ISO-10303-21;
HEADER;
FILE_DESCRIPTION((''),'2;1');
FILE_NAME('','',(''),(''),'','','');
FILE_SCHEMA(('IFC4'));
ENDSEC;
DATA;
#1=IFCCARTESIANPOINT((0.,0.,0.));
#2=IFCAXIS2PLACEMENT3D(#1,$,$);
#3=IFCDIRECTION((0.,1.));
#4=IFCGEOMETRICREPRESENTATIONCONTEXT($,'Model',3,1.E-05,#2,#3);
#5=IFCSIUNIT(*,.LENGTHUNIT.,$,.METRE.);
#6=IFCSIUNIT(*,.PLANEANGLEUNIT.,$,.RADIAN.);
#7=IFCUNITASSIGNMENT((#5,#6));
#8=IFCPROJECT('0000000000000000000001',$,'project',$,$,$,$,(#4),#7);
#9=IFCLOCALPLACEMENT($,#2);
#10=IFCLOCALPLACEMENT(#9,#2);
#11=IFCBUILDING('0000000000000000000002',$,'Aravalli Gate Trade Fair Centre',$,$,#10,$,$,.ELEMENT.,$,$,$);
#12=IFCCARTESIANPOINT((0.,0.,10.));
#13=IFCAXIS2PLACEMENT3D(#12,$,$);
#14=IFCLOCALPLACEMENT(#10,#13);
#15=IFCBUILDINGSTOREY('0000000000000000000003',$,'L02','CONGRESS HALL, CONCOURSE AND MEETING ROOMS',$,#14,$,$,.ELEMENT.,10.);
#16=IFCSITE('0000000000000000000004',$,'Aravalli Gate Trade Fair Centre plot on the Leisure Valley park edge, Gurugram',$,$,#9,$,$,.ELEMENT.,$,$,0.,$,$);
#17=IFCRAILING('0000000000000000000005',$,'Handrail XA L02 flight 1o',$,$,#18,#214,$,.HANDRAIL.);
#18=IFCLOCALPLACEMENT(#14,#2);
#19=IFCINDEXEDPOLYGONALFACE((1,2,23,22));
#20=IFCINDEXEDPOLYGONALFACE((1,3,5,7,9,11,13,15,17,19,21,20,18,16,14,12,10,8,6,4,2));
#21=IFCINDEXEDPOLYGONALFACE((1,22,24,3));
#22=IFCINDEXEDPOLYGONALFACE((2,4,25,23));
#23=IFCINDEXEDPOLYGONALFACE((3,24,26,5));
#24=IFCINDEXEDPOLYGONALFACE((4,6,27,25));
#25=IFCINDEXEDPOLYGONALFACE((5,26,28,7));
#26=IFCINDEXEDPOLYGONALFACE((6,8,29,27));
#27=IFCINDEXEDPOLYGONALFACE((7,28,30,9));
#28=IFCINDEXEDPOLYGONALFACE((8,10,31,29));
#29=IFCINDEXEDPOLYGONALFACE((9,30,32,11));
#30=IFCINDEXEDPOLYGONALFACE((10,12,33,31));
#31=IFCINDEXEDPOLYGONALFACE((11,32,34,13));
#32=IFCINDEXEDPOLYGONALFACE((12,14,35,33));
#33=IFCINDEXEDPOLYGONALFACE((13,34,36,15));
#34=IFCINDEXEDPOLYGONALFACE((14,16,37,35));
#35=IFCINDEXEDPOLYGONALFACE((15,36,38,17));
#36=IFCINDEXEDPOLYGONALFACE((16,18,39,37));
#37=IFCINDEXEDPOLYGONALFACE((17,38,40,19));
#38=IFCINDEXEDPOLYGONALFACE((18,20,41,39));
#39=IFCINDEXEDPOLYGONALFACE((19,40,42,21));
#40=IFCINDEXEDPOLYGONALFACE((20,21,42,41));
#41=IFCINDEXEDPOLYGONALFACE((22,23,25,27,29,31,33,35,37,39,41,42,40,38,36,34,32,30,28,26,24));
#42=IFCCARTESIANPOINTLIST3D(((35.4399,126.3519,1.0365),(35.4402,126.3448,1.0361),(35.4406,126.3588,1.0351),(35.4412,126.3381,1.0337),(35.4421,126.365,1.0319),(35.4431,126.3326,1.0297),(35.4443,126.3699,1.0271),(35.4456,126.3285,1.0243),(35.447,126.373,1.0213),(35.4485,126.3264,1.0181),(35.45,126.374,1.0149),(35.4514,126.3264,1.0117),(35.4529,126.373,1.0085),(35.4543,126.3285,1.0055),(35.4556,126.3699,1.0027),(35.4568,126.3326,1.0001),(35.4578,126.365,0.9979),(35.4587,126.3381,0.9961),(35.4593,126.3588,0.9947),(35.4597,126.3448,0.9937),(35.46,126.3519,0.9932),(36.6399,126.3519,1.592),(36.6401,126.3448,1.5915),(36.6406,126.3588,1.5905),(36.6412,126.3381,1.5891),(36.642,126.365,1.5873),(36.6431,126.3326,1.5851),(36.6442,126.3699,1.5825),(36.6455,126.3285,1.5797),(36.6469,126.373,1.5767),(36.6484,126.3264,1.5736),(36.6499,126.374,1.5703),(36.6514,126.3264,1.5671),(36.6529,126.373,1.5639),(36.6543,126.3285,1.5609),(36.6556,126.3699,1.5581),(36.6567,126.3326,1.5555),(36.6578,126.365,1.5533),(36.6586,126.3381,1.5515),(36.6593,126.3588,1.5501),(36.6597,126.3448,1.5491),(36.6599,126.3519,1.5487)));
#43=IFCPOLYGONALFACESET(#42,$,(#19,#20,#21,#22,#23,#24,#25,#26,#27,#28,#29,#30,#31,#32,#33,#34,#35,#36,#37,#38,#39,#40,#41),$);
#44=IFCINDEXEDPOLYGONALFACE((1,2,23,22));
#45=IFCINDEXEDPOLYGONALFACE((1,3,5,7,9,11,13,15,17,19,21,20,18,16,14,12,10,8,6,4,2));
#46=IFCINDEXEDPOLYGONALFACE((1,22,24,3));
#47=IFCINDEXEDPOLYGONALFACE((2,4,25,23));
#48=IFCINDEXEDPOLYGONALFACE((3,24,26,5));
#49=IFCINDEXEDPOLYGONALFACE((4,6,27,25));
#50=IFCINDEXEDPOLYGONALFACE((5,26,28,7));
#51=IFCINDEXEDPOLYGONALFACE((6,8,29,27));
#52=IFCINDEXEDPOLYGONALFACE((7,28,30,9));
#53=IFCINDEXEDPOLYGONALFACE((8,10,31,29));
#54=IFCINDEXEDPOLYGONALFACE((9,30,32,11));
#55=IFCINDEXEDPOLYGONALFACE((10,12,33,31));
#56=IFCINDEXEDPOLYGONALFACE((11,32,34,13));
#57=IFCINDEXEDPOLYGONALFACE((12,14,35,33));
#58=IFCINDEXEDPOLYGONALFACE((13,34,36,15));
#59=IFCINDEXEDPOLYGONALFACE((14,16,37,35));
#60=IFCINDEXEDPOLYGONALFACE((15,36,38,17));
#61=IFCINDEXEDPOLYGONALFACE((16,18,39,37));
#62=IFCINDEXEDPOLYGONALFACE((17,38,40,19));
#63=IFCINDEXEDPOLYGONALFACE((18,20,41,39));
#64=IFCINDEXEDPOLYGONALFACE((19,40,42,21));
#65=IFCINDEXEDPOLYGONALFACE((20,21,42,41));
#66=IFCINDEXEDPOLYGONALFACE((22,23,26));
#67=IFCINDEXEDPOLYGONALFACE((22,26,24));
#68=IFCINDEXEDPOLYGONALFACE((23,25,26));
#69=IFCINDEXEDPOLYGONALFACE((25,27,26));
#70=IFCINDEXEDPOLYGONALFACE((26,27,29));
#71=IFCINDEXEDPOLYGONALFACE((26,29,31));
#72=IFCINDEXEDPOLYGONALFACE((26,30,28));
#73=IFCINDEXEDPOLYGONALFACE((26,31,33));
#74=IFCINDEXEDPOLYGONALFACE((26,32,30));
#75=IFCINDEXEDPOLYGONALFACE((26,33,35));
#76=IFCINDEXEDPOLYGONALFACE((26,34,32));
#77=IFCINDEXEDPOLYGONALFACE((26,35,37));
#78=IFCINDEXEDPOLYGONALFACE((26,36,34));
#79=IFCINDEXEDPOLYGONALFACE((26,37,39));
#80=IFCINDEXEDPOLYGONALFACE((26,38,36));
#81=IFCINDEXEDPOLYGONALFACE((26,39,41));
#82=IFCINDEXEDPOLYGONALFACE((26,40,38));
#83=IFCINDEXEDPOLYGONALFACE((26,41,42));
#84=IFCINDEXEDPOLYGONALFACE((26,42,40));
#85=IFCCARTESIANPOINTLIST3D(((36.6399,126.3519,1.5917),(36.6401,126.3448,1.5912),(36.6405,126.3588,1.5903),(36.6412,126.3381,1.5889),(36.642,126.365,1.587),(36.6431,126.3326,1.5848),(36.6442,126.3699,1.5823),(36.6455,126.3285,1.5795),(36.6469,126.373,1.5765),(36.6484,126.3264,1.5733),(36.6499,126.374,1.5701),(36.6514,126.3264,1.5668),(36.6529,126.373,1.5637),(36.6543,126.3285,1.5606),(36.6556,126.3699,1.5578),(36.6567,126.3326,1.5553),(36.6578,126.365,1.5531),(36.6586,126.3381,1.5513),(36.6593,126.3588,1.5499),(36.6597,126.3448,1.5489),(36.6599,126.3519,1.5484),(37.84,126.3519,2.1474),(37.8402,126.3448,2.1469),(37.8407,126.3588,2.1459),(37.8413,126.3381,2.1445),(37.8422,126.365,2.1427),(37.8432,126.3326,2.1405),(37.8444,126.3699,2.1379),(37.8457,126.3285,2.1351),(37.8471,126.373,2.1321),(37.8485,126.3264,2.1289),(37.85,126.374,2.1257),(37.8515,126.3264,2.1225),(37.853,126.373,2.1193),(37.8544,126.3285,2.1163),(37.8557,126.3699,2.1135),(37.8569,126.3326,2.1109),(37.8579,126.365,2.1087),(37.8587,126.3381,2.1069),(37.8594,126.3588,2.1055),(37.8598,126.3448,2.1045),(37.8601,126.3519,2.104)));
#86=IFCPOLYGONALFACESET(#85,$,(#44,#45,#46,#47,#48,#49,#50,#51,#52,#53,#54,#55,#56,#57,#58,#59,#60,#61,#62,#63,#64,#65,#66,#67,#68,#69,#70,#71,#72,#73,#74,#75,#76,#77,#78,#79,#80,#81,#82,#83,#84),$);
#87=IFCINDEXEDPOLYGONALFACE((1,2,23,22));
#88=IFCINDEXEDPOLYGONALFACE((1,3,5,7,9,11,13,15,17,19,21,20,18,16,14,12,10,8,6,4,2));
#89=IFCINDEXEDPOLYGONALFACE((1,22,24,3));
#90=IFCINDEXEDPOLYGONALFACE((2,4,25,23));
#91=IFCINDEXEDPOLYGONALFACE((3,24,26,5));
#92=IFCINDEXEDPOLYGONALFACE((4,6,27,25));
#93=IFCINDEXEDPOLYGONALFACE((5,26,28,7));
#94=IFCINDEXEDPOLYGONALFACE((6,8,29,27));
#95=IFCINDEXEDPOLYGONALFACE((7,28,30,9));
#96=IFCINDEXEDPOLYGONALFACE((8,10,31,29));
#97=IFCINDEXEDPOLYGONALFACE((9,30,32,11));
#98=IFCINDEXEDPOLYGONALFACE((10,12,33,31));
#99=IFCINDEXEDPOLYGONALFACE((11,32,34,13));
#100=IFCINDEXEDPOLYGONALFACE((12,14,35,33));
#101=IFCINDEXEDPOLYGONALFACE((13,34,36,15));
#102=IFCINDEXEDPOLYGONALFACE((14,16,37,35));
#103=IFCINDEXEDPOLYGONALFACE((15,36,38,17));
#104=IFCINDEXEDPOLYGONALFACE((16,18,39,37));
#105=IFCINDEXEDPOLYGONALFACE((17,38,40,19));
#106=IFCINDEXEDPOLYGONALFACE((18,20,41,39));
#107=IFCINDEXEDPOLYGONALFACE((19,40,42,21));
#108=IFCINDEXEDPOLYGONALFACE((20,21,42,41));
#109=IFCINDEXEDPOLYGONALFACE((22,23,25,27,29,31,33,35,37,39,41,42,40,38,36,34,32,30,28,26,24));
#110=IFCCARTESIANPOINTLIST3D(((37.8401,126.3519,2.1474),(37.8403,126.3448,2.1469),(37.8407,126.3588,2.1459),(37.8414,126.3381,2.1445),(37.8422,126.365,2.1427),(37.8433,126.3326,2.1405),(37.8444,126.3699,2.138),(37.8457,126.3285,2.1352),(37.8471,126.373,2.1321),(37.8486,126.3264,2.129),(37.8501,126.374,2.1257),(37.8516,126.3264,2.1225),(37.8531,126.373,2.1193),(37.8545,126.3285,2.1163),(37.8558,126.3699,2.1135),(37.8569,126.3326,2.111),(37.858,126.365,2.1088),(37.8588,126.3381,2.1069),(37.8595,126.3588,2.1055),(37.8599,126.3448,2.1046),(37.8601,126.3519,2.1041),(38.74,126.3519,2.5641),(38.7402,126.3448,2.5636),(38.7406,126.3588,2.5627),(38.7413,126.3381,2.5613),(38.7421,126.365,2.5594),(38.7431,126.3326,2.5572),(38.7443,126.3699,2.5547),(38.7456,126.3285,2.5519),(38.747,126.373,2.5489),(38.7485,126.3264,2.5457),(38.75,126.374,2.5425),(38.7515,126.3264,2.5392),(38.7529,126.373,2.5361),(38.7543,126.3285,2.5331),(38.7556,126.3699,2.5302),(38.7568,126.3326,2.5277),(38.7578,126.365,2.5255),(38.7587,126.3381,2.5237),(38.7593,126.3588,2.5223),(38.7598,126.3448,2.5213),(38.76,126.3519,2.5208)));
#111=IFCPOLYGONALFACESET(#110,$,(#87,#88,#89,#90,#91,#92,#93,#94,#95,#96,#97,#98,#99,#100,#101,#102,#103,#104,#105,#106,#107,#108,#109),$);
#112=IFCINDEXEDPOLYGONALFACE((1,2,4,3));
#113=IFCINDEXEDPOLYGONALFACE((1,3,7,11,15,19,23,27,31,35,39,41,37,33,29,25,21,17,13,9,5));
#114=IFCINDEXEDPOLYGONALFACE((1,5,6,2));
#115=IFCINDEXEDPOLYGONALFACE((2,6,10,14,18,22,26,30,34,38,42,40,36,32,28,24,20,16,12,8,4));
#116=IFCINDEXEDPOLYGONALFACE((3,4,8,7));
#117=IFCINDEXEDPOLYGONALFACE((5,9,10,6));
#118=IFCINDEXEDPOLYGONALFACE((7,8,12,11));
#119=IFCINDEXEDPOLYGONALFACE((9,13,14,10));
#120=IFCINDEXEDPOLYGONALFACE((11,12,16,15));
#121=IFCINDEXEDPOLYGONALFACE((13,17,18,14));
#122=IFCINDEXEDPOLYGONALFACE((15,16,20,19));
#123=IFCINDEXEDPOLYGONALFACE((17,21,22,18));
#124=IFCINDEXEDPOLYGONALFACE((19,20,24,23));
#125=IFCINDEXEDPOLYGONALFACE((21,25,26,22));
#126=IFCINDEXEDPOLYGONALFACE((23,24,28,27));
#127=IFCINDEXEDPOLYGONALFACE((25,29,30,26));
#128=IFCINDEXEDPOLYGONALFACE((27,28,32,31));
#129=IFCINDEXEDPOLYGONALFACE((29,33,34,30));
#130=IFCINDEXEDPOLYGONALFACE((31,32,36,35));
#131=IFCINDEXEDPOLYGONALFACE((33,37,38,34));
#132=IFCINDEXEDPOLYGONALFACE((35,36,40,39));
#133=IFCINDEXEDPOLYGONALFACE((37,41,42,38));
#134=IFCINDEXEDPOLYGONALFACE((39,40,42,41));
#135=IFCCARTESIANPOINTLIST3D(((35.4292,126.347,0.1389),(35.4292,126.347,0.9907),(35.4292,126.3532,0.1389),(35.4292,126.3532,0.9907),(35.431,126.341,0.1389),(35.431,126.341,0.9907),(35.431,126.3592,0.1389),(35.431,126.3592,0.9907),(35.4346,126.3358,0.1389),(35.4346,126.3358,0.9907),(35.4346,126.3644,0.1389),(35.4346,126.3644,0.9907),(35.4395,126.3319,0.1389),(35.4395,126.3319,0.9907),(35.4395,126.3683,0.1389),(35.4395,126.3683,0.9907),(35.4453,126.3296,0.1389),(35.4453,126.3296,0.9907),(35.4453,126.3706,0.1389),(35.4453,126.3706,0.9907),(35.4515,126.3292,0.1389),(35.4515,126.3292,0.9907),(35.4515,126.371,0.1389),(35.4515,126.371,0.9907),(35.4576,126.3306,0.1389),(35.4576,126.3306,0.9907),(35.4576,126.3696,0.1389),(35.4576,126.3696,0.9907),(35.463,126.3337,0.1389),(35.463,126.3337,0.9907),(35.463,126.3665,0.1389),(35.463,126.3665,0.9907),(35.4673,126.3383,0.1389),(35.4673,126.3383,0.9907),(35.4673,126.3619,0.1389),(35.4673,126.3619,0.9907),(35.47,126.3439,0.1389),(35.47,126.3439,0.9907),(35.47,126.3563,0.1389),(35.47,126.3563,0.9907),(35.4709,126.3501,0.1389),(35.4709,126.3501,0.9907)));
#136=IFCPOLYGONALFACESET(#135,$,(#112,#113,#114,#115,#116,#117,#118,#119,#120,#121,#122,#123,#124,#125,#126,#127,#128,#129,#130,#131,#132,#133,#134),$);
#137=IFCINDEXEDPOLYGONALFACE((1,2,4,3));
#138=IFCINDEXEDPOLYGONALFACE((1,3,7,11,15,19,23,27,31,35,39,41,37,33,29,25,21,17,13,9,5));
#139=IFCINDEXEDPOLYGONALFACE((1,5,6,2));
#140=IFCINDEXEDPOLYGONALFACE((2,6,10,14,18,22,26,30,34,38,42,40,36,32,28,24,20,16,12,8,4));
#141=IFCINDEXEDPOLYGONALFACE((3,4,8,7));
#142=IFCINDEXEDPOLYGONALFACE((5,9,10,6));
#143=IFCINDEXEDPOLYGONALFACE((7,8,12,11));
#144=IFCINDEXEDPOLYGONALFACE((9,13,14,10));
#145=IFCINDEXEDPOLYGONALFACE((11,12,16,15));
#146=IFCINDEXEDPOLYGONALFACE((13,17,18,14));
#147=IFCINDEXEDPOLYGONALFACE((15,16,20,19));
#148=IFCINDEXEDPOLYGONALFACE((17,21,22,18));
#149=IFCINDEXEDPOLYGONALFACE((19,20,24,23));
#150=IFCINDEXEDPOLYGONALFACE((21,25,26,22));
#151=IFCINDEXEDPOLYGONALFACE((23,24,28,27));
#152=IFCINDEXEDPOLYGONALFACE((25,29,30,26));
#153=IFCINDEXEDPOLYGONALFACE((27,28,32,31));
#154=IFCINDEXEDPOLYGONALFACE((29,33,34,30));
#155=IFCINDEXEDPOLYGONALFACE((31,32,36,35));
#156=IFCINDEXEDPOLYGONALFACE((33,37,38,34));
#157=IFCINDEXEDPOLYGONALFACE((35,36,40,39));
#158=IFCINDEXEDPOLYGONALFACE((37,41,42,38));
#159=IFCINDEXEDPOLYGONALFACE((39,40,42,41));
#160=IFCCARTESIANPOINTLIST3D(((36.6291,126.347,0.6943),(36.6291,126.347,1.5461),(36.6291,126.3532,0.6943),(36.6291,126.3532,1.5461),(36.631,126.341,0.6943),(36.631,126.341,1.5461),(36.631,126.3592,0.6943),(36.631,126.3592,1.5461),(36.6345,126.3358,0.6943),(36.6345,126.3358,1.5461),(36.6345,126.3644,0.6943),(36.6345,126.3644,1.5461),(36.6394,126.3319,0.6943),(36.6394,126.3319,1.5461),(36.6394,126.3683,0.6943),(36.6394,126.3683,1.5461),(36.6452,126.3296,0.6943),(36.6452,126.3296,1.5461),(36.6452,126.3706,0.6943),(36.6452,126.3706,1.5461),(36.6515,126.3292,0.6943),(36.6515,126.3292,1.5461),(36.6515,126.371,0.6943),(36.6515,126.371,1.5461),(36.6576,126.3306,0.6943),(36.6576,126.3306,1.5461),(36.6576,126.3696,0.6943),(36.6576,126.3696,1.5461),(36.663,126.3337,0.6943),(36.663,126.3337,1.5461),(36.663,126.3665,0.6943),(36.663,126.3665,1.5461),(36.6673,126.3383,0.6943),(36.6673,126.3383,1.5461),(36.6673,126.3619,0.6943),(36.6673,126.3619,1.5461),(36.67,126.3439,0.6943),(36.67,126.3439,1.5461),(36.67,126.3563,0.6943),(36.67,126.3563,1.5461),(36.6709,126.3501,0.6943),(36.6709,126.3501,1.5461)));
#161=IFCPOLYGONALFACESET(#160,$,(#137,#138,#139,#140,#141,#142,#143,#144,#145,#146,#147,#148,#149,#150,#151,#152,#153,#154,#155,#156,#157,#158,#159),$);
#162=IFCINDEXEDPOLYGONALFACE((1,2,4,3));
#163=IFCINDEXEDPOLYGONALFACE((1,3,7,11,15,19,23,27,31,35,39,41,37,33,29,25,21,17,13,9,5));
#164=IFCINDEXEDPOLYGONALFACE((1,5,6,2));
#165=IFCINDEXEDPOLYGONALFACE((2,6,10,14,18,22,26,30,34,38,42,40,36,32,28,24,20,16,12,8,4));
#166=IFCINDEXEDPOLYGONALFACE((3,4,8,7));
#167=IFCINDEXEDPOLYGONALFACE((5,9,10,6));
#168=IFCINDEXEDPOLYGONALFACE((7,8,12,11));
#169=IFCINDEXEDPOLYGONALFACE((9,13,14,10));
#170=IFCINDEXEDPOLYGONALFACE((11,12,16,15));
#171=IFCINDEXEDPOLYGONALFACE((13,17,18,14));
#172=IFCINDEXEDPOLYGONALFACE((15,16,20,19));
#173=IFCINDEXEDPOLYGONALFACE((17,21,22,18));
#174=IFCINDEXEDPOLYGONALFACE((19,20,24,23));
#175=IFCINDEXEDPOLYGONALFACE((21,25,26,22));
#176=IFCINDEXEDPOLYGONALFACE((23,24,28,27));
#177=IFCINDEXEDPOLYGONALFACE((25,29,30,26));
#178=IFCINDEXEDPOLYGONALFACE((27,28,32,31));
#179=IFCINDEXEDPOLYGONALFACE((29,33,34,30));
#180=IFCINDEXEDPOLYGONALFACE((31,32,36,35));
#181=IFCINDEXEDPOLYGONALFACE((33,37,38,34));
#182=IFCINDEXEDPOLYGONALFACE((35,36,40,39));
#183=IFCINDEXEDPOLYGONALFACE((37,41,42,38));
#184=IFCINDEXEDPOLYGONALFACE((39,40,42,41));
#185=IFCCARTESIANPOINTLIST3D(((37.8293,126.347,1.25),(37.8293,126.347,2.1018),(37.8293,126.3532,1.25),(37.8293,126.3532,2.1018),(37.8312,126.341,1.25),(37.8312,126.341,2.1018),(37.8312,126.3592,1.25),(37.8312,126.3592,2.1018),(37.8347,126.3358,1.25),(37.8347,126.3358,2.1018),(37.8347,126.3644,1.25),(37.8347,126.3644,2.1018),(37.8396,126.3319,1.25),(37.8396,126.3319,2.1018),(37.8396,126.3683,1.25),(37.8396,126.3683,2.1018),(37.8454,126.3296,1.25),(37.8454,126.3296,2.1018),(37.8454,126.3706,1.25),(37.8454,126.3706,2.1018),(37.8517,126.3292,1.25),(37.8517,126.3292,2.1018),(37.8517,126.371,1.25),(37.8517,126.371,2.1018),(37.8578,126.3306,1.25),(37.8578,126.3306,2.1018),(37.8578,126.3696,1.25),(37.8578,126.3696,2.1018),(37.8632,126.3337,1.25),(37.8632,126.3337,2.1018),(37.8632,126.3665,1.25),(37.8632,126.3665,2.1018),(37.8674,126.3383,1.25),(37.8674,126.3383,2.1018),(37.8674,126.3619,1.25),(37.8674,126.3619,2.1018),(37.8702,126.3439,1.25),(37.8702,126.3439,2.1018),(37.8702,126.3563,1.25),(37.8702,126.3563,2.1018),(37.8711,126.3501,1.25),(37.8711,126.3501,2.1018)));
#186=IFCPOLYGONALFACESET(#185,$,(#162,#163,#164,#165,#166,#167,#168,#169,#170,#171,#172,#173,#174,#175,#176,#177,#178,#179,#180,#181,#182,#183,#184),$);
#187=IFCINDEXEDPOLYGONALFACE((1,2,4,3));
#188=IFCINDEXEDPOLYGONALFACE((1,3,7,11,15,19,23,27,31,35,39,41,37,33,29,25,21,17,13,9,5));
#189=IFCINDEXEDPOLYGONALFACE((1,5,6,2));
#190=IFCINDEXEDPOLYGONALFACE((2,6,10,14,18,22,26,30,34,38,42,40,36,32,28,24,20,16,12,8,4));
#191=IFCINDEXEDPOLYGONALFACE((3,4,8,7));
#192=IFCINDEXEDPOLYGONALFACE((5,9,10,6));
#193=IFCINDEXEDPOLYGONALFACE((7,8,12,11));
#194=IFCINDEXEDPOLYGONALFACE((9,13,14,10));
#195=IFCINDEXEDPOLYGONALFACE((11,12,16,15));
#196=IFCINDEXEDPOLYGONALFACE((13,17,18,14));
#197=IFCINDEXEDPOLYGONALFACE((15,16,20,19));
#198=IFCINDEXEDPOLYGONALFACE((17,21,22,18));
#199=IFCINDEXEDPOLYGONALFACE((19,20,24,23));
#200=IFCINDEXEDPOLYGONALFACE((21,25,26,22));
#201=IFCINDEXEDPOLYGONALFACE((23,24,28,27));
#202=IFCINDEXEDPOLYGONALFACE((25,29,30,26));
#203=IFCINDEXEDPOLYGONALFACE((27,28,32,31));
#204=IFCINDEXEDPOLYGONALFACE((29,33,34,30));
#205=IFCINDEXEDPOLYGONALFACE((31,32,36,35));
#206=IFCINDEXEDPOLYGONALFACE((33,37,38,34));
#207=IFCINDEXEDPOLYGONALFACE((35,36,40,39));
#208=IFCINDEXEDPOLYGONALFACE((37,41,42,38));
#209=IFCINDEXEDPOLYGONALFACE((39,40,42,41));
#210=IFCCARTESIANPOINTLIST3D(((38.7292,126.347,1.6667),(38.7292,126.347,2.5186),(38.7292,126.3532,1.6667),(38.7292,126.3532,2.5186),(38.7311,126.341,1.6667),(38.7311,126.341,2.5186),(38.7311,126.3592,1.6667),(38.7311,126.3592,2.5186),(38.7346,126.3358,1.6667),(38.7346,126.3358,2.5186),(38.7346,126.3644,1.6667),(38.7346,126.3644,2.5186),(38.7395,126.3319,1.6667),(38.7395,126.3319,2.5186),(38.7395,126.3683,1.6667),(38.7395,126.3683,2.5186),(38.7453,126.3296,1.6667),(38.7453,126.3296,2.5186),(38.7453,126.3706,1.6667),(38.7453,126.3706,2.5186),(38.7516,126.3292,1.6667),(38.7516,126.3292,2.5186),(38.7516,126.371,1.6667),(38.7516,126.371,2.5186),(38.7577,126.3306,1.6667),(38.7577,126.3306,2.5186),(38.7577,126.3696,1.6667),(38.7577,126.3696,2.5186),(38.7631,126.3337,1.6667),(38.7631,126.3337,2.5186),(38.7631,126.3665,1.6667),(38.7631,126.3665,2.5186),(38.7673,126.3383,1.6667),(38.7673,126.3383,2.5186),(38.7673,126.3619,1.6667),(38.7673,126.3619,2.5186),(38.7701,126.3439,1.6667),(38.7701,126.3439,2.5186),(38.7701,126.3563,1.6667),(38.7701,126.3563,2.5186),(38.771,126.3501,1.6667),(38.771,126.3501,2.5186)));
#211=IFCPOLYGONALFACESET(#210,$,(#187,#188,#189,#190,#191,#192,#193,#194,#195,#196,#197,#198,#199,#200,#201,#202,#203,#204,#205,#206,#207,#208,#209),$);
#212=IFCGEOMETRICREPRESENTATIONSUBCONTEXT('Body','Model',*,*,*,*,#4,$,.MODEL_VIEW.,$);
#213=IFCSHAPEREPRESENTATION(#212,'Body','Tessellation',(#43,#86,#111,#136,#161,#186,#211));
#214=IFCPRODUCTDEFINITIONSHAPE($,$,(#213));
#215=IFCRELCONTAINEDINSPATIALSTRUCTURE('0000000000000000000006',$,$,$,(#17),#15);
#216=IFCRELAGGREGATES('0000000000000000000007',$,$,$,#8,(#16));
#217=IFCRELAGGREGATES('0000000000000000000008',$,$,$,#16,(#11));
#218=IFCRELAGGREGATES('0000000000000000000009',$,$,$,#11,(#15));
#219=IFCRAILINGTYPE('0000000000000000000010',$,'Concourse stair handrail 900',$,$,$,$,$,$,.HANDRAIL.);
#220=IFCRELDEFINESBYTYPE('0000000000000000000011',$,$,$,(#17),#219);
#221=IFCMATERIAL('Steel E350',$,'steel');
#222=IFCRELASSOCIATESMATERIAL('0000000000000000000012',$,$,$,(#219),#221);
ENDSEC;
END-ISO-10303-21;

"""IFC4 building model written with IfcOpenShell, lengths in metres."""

from ifc_helpers import new_model, si_unit, direction, frame, origin, origin_2d, place, context, subcontext, project, spatial, circle, extrude, material, type_object, element, save


model = new_model("IFC4")

# Units and contexts
model_context = context("Model", 3, precision=1e-05, world=origin(), true_north=direction((0.0, 1.0)))
body_context = subcontext(model_context, "Body", "Model", "MODEL_VIEW")
ifc_project = project(units=[si_unit("LENGTHUNIT", "METRE"), si_unit("PLANEANGLEUNIT", "RADIAN")], contexts=[model_context])

# Site, building, storey
site_placement = place(None, origin())
site = spatial("IfcSite", under=ifc_project, at=site_placement, Name="Aravalli Gate Trade Fair Centre plot on the Leisure Valley park edge, Gurugram", CompositionType="ELEMENT", RefElevation=0.0)
building_placement = place(site_placement, origin())
building = spatial("IfcBuilding", under=site, at=building_placement, Name="Aravalli Gate Trade Fair Centre", CompositionType="ELEMENT")
storey_placement = place(building_placement, frame((0.0, 0.0, 10.0)))
storey = spatial("IfcBuildingStorey", under=building, at=storey_placement, Name="L02", Description="CONGRESS HALL, CONCOURSE AND MEETING ROOMS", CompositionType="ELEMENT", Elevation=10.0)

# Shared definitions
ifc_material_1 = material(Name="Steel E350", Category="steel")

# Railing
railing_type_1 = type_object("IfcRailingType", Name="Concourse stair handrail 900", PredefinedType="HANDRAIL", material=ifc_material_1)
railing_1_placement = place(storey_placement, frame((35.45, 126.3501, 0.1389)))
element("IfcRailing", 1, at=railing_1_placement, inside=storey, type_object=railing_type_1, Name="Handrail XA L02 flight 1o", PredefinedType="HANDRAIL", context=body_context, shape_type="SweptSolid", body=[
    extrude(circle(Radius=0.0239, at=origin_2d()), frame((0.0, 0.0, 0.876), z_axis=(0.907499, 0.0, 0.420053), x_axis=(0.0, 1.0, 0.0)), (0.0, 0.0, 1.0), 1.3223),
    extrude(circle(Radius=0.0239, at=origin_2d()), frame((1.2, 0.0, 1.4312), z_axis=(0.907462, 0.0, 0.420135), x_axis=(0.0, 1.0, 0.0)), (0.0, 0.0, 1.0), 1.3225),
    extrude(circle(Radius=0.0239, at=origin_2d()), frame((2.4001, 0.0, 1.9868), z_axis=(0.907418, 0.0, 0.420229), x_axis=(0.0, 1.0, 0.0)), (0.0, 0.0, 1.0), 0.9917),
    extrude(circle(Radius=0.021, at=origin_2d()), origin(), (0.0, 0.0, 1.0), 0.8518),
    extrude(circle(Radius=0.021, at=origin_2d()), frame((1.2, 0.0, 0.5554)), (0.0, 0.0, 1.0), 0.8518),
    extrude(circle(Radius=0.021, at=origin_2d()), frame((2.4001, 0.0, 1.1111)), (0.0, 0.0, 1.0), 0.8518),
    extrude(circle(Radius=0.021, at=origin_2d()), frame((3.3, 0.0, 1.5278)), (0.0, 0.0, 1.0), 0.8518),
])

save(model, "model.ifc")
